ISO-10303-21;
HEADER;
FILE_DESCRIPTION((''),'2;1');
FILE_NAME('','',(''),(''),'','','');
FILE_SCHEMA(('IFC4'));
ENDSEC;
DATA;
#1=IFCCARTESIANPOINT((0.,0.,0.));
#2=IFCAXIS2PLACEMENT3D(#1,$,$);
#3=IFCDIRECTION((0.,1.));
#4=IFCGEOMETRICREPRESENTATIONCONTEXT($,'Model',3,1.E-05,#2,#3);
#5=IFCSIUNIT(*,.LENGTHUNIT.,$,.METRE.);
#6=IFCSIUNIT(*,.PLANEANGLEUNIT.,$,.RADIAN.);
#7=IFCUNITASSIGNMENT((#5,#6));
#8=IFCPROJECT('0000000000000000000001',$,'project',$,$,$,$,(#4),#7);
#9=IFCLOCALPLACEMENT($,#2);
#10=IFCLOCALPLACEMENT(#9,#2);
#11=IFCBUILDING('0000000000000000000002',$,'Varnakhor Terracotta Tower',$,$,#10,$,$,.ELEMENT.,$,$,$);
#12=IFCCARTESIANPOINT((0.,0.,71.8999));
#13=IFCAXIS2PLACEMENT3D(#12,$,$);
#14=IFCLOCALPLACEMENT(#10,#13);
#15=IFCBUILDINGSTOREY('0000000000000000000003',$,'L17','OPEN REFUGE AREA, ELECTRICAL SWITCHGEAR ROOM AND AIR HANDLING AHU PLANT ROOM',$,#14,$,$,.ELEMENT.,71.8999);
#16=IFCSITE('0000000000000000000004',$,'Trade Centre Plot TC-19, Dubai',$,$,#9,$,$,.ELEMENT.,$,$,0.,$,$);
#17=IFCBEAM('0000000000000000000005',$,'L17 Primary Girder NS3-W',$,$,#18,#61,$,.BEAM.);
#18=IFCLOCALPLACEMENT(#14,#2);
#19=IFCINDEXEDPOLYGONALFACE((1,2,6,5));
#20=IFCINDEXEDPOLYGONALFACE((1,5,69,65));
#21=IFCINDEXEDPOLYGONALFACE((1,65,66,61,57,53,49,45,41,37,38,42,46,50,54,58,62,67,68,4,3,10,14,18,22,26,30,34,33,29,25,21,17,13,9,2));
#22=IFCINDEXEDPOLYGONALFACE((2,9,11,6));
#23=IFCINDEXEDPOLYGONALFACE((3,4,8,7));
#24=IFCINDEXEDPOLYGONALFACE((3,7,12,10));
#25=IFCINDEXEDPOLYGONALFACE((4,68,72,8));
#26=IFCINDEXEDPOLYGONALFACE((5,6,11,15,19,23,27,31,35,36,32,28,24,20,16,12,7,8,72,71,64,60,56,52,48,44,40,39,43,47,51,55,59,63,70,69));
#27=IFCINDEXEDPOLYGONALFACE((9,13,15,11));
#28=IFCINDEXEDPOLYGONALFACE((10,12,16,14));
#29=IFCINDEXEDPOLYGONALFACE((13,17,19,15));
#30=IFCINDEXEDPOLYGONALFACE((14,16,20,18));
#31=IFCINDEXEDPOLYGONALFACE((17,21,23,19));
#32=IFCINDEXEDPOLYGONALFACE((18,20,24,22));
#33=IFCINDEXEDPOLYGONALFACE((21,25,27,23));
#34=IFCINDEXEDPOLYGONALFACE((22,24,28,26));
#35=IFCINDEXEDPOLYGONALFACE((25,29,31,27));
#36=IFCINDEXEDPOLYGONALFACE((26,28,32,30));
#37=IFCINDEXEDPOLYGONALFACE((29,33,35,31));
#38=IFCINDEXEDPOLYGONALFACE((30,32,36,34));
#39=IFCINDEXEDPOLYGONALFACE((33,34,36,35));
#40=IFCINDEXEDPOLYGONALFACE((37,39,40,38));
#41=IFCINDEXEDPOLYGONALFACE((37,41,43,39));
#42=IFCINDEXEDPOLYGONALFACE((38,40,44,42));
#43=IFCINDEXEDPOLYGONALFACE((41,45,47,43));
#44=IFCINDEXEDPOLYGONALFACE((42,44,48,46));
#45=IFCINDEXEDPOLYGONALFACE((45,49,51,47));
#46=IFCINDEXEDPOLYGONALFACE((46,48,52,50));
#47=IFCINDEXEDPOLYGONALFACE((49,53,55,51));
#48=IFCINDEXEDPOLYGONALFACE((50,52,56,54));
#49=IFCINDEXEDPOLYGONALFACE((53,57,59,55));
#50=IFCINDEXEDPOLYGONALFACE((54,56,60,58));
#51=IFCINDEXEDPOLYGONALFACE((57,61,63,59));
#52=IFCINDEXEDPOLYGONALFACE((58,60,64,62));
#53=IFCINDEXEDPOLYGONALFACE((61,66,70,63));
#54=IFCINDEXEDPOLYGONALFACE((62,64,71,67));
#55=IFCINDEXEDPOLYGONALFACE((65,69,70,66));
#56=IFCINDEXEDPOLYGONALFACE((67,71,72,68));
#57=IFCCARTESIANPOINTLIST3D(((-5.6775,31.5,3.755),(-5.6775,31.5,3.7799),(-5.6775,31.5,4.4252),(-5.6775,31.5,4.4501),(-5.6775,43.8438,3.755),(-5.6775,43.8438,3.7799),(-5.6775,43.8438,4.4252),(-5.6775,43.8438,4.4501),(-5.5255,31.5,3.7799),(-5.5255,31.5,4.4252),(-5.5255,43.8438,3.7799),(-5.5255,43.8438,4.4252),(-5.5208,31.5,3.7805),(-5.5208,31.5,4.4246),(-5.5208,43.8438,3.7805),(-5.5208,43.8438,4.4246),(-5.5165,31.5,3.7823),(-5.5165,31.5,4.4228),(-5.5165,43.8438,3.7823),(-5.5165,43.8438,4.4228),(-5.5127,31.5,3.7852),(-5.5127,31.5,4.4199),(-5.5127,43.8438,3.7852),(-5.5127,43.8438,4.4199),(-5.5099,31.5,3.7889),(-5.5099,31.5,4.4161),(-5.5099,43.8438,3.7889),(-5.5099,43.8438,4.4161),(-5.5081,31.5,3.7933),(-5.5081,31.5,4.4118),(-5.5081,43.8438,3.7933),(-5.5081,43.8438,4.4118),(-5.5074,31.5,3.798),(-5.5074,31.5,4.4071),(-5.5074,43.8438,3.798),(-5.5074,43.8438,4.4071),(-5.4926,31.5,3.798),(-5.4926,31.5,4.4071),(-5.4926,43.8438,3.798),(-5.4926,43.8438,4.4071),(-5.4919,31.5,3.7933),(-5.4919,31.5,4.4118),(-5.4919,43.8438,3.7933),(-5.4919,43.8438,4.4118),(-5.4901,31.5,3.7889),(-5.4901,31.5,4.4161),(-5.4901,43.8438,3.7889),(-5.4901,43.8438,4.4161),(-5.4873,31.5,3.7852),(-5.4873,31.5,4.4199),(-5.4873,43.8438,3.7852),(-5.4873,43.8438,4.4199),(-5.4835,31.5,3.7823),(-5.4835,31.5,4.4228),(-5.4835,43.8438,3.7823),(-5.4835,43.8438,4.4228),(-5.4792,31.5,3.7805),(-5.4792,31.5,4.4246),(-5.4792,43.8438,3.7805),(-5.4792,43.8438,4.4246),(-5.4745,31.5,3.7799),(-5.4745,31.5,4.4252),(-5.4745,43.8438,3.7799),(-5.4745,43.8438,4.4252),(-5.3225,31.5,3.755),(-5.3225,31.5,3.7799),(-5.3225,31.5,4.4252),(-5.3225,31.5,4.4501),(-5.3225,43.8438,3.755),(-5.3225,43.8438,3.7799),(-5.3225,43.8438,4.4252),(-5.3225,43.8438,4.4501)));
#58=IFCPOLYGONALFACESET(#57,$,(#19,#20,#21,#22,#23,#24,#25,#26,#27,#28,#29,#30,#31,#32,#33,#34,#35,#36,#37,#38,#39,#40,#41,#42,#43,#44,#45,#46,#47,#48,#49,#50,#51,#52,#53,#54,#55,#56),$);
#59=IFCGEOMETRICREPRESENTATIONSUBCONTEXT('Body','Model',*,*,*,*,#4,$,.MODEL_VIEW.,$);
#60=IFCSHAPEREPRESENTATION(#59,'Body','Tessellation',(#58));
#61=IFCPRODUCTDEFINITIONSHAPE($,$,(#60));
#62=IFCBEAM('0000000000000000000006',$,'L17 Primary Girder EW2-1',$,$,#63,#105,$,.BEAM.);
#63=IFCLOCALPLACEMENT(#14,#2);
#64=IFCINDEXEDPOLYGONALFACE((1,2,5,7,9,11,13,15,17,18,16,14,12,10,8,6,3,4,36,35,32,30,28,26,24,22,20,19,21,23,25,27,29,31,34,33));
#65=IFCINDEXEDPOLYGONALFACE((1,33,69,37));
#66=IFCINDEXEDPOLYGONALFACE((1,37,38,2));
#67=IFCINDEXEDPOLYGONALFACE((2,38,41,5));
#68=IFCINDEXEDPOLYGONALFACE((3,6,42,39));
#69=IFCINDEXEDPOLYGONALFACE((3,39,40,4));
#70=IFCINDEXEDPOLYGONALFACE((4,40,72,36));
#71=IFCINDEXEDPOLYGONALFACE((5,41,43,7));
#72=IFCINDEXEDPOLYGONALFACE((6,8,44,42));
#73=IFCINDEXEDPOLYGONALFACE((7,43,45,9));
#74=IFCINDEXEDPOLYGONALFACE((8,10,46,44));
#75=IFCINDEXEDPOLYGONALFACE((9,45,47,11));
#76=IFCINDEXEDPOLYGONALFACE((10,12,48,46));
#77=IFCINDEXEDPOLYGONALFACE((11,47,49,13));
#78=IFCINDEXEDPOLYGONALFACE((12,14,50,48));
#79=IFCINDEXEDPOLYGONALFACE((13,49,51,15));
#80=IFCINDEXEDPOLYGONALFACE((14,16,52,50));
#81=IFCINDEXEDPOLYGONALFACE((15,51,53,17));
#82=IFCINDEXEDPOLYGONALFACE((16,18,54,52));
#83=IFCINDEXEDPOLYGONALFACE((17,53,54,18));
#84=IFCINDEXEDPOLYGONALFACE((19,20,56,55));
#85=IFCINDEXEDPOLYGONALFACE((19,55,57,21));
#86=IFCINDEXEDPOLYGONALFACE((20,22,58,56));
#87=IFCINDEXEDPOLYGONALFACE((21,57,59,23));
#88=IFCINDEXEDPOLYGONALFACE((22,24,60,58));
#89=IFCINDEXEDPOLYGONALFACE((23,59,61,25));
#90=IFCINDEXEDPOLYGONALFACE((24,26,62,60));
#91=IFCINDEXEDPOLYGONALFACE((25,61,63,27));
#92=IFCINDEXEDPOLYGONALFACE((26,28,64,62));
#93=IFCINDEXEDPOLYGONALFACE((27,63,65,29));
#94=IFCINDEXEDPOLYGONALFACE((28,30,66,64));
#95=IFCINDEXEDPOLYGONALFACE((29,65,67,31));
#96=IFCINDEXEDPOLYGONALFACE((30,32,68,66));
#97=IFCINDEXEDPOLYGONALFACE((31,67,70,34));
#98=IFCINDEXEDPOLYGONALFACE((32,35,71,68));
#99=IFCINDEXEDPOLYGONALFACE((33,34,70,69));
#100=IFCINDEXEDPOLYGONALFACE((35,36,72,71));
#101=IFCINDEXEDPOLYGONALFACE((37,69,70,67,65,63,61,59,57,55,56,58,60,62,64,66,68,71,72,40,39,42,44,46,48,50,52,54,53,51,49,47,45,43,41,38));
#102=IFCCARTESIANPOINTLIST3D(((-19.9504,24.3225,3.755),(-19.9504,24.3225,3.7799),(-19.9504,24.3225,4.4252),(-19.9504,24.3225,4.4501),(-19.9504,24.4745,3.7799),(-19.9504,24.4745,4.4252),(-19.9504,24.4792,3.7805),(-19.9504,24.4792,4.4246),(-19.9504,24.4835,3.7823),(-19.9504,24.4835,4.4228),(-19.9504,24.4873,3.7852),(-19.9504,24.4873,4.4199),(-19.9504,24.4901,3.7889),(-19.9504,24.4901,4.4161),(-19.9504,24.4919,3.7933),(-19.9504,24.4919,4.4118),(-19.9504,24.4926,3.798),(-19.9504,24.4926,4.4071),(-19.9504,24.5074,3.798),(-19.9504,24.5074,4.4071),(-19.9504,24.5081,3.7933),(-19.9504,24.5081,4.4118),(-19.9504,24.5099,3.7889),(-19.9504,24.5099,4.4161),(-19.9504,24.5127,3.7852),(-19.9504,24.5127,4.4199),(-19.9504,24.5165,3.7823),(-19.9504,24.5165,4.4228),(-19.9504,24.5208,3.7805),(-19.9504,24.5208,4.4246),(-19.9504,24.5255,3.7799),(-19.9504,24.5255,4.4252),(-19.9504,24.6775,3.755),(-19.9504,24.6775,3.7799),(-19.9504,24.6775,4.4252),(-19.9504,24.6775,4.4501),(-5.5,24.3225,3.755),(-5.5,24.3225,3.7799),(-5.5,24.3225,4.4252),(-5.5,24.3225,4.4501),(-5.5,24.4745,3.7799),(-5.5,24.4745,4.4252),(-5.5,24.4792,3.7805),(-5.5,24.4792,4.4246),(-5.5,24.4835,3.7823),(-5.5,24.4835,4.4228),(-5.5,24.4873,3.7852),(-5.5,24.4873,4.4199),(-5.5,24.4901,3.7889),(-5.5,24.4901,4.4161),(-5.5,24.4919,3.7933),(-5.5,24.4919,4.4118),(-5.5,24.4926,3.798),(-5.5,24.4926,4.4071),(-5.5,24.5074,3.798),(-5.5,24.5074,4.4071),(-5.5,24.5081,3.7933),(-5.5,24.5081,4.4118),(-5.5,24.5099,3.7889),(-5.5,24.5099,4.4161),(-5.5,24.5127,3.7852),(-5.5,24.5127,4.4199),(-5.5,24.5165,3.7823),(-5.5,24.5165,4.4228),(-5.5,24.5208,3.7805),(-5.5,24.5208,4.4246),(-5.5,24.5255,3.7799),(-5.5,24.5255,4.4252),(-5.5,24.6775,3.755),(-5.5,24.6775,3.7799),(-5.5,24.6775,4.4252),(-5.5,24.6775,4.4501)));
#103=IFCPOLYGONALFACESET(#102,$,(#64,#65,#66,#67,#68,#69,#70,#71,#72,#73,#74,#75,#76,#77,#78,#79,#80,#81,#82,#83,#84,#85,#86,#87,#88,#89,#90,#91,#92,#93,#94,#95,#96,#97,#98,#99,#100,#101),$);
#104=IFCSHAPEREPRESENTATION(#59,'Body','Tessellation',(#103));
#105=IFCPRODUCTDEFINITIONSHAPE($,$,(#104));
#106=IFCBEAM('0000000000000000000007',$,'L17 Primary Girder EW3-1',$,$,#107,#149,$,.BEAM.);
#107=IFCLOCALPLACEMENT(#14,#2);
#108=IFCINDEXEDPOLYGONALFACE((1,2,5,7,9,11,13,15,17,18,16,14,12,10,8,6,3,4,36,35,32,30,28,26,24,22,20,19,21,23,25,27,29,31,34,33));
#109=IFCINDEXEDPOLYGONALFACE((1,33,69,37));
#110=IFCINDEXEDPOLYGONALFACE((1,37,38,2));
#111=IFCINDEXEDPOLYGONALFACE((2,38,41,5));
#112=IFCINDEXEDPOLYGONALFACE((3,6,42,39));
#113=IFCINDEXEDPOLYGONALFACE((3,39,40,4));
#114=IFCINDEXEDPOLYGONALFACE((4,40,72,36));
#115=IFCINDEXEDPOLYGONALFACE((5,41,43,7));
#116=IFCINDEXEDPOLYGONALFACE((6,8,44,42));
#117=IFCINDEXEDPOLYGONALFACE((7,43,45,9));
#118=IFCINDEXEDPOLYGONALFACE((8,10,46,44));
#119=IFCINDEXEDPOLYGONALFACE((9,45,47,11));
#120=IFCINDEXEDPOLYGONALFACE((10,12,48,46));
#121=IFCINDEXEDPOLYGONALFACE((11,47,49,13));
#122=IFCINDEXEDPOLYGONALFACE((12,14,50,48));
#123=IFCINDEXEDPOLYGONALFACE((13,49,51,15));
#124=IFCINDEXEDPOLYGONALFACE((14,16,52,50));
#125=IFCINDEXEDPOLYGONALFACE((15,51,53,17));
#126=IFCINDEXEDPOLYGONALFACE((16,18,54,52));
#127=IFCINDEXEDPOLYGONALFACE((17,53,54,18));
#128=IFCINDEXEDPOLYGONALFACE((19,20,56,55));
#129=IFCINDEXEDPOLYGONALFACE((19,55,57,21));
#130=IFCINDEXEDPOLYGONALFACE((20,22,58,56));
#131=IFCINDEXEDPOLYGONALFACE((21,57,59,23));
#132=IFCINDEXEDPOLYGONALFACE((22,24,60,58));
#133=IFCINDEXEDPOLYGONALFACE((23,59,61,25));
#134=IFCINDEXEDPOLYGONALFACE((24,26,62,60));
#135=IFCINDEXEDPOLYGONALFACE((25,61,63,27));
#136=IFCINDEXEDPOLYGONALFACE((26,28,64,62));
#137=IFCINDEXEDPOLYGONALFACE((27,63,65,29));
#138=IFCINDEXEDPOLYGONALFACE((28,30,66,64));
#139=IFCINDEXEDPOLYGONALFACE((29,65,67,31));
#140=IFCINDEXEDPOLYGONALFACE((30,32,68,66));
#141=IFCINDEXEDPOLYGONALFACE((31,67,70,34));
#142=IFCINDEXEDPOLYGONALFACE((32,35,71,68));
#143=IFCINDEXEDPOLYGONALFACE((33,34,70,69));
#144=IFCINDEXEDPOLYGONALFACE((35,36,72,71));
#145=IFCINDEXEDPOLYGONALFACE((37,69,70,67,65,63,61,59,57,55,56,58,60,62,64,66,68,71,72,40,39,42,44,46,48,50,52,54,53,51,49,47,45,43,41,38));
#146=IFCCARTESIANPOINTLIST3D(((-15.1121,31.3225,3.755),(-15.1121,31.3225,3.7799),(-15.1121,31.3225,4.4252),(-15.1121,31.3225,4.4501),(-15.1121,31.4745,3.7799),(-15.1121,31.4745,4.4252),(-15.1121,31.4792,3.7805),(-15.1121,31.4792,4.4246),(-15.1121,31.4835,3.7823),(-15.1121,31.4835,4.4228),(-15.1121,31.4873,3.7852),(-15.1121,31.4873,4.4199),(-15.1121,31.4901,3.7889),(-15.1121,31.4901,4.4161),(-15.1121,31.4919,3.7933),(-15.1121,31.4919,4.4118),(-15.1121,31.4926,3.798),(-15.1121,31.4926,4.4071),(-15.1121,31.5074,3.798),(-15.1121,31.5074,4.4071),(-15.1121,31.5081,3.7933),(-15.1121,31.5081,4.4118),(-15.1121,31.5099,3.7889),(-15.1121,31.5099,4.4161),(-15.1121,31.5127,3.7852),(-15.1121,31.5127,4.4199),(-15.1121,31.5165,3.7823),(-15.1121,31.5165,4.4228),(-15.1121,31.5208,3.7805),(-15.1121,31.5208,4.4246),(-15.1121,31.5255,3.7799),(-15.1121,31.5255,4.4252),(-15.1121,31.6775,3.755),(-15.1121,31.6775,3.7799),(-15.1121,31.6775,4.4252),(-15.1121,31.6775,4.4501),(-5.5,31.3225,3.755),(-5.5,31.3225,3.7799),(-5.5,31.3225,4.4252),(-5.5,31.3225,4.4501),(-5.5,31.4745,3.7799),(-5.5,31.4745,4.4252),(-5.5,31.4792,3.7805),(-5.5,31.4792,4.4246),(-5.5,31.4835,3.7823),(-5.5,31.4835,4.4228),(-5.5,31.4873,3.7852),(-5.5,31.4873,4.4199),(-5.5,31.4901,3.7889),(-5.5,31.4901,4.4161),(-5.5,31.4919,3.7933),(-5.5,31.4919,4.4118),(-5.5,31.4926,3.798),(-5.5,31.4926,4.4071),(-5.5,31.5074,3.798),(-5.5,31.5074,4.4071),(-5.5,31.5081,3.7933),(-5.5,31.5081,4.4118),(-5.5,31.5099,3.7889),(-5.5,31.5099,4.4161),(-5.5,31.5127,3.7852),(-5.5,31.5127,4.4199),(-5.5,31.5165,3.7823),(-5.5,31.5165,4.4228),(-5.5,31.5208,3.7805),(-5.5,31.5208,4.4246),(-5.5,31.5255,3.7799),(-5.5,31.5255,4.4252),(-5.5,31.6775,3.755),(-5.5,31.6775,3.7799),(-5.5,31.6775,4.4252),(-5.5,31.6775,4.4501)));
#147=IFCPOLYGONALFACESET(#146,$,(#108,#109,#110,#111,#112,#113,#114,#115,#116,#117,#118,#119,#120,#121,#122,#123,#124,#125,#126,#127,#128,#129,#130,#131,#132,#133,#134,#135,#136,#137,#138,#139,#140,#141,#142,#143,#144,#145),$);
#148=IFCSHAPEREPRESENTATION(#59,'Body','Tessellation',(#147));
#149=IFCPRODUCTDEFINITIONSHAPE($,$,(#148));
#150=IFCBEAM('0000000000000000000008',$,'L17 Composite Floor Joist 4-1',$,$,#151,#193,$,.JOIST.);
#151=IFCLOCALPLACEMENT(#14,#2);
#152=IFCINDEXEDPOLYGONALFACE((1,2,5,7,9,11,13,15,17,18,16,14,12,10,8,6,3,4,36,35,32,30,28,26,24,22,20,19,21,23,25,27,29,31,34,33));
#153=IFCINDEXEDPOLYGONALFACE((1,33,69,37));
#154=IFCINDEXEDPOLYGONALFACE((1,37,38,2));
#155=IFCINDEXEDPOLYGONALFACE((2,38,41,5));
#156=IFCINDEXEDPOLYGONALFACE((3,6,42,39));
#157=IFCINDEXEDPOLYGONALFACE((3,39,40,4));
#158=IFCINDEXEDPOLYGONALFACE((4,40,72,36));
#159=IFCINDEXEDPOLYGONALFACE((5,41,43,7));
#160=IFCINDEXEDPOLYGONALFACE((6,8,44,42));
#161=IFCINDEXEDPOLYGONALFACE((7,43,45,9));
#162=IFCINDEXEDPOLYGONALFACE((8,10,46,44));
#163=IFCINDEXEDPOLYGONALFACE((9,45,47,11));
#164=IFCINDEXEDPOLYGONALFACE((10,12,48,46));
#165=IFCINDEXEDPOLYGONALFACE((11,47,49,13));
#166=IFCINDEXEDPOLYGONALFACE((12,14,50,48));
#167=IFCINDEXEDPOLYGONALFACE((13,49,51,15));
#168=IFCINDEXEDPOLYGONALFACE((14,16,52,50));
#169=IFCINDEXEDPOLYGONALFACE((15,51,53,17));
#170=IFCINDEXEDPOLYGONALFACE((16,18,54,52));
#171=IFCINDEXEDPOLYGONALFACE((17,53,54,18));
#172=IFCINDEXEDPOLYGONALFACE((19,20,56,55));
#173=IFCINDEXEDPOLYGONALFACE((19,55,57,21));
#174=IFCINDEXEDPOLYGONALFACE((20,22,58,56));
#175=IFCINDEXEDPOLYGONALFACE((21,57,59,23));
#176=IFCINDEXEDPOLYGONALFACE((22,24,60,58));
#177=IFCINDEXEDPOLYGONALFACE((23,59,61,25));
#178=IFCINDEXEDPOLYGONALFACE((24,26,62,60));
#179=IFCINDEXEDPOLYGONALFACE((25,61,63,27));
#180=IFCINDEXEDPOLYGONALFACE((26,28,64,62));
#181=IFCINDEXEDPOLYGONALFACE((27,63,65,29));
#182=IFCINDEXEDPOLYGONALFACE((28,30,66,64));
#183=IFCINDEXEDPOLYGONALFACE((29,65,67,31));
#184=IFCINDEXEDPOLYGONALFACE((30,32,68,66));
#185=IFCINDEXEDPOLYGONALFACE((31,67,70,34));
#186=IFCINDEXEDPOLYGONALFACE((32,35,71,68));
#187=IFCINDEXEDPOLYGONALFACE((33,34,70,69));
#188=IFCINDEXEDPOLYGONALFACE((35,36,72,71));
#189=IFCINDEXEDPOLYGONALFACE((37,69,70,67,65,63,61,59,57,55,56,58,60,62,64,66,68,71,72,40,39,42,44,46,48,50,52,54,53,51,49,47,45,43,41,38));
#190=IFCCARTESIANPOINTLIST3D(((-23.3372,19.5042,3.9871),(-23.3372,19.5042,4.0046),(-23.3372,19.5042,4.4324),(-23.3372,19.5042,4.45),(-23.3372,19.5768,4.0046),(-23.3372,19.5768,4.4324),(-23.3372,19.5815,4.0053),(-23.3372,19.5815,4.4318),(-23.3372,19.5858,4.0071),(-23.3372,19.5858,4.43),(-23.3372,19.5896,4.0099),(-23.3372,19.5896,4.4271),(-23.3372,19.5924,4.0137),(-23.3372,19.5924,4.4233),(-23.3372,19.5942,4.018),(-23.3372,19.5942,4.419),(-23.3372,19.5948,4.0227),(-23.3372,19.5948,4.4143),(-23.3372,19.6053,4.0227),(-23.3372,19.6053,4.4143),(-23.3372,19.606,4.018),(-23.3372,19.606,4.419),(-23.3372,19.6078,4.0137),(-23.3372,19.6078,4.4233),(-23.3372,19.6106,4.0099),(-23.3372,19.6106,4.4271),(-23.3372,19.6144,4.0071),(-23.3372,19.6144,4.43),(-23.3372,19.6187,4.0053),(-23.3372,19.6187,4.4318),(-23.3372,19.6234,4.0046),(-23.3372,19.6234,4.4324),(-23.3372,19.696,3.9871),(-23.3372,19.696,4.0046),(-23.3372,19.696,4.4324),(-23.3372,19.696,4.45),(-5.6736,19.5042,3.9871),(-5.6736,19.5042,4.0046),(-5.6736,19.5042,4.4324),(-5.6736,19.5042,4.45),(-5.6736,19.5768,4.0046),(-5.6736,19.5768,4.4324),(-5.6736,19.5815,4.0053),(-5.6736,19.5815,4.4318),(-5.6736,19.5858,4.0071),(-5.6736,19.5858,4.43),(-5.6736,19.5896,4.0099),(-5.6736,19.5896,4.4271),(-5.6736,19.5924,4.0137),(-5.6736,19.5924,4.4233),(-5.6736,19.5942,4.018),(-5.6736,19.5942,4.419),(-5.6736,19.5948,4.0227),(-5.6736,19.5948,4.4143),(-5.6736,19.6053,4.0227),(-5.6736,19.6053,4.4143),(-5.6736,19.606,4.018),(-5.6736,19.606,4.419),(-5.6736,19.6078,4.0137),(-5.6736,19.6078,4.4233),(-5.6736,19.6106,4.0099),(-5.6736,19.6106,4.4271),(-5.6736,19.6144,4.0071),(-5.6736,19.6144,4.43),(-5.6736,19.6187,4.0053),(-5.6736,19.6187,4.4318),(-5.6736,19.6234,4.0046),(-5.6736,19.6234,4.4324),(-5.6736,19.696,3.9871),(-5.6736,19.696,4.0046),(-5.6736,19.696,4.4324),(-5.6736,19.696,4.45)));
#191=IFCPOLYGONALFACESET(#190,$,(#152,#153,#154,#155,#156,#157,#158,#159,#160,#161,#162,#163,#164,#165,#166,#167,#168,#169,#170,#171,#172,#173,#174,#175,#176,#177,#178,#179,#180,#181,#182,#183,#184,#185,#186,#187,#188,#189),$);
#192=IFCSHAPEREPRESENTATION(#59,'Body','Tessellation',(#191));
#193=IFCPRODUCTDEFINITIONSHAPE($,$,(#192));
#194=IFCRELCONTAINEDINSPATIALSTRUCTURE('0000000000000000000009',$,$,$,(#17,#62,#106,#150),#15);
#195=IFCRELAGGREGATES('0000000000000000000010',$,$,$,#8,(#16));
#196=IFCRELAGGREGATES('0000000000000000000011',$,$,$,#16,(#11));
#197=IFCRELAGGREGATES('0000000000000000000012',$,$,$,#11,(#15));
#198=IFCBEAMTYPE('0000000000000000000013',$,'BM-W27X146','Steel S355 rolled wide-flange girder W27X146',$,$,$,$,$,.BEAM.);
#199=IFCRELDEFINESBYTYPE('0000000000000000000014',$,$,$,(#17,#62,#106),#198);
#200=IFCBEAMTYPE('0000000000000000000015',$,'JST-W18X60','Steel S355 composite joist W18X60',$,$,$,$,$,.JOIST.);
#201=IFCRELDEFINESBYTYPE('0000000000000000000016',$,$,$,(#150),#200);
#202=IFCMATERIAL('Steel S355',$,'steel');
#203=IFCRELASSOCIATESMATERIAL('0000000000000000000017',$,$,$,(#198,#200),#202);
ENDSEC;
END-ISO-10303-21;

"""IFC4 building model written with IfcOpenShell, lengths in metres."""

from ifc_helpers import new_model, si_unit, direction, frame, origin, origin_2d, place, context, subcontext, project, spatial, i_section, extrude, source, transform, mapped, material, material_profile, profile_set, type_object, element, save


model = new_model("IFC4")

# Units and contexts
model_context = context("Model", 3, precision=1e-05, world=origin(), true_north=direction((0.0, 1.0)))
body_context = subcontext(model_context, "Body", "Model", "MODEL_VIEW")
ifc_project = project(units=[si_unit("LENGTHUNIT", "METRE"), si_unit("PLANEANGLEUNIT", "RADIAN")], contexts=[model_context])

# Site, building, storey
site_placement = place(None, origin())
site = spatial("IfcSite", under=ifc_project, at=site_placement, Name="Trade Centre Plot TC-19, Dubai", CompositionType="ELEMENT", RefElevation=0.0)
building_placement = place(site_placement, origin())
building = spatial("IfcBuilding", under=site, at=building_placement, Name="Varnakhor Terracotta Tower", CompositionType="ELEMENT")
storey_placement = place(building_placement, frame((0.0, 0.0, 71.8999)))
storey = spatial("IfcBuildingStorey", under=building, at=storey_placement, Name="L17", Description="OPEN REFUGE AREA, ELECTRICAL SWITCHGEAR ROOM AND AIR HANDLING AHU PLANT ROOM", CompositionType="ELEMENT", Elevation=71.8999)

# Beams
ifc_material_1 = material(Name="Steel S355", Category="steel")
ifc_material_profile_1 = material_profile(ifc_material_1, i_section(OverallWidth=0.355, OverallDepth=0.6951, WebThickness=0.0149, FlangeThickness=0.0249, FilletRadius=0.0181, at=origin_2d()), Name="W27X146")
ifc_profile_set_1 = profile_set([ifc_material_profile_1], Name="Steel S355")
beam_type_1 = type_object("IfcBeamType", Name="BM-W27X146", Description="Steel S355 rolled wide-flange girder W27X146", PredefinedType="BEAM", material=ifc_profile_set_1)
ifc_material_profile_2 = material_profile(ifc_material_1, i_section(OverallWidth=0.1919, OverallDepth=0.4629, WebThickness=0.0105, FlangeThickness=0.0176, FilletRadius=0.0181, at=origin_2d()), Name="W18X60")
ifc_profile_set_2 = profile_set([ifc_material_profile_2], Name="Steel S355")
beam_type_2 = type_object("IfcBeamType", Name="JST-W18X60", Description="Steel S355 composite joist W18X60", PredefinedType="JOIST", material=ifc_profile_set_2)
shared_shape_1 = source(origin(), body_context, "Body", "SweptSolid", [
    extrude(i_section(OverallWidth=0.355, OverallDepth=0.6951, WebThickness=0.0149, FlangeThickness=0.0249, FilletRadius=0.0181, at=origin_2d()), origin(), (0.0, 0.0, 1.0), 12.3438),
])
beam_1_placement = place(storey_placement, frame((-5.5, 31.5, 4.1025), z_axis=(0.0, 1.0, 0.0), x_axis=(-1.0, 0.0, 0.0)))
element("IfcBeam", 1, at=beam_1_placement, inside=storey, type_object=beam_type_1, Name="L17 Primary Girder NS3-W", PredefinedType="BEAM", context=body_context, shape_type="MappedRepresentation", body=[
    mapped(shared_shape_1, transform((0.0, 0.0, 0.0), scale=1.0)),
])
shared_shape_2 = source(origin(), body_context, "Body", "SweptSolid", [
    extrude(i_section(OverallWidth=0.355, OverallDepth=0.6951, WebThickness=0.0149, FlangeThickness=0.0249, FilletRadius=0.0181, at=origin_2d()), origin(), (0.0, 0.0, 1.0), 14.4504),
])
beam_2_placement = place(storey_placement, frame((-19.9504, 24.5, 4.1025), z_axis=(1.0, 0.0, 0.0), x_axis=(0.0, 1.0, 0.0)))
element("IfcBeam", 2, at=beam_2_placement, inside=storey, type_object=beam_type_1, Name="L17 Primary Girder EW2-1", PredefinedType="BEAM", context=body_context, shape_type="MappedRepresentation", body=[
    mapped(shared_shape_2, transform((0.0, 0.0, 0.0), scale=1.0)),
])
shared_shape_3 = source(origin(), body_context, "Body", "SweptSolid", [
    extrude(i_section(OverallWidth=0.355, OverallDepth=0.6951, WebThickness=0.0149, FlangeThickness=0.0249, FilletRadius=0.0181, at=origin_2d()), origin(), (0.0, 0.0, 1.0), 9.6121),
])
beam_3_placement = place(storey_placement, frame((-15.1121, 31.5, 4.1025), z_axis=(1.0, 0.0, 0.0), x_axis=(0.0, 1.0, 0.0)))
element("IfcBeam", 3, at=beam_3_placement, inside=storey, type_object=beam_type_1, Name="L17 Primary Girder EW3-1", PredefinedType="BEAM", context=body_context, shape_type="MappedRepresentation", body=[
    mapped(shared_shape_3, transform((0.0, 0.0, 0.0), scale=1.0)),
])
shared_shape_4 = source(origin(), body_context, "Body", "SweptSolid", [
    extrude(i_section(OverallWidth=0.1919, OverallDepth=0.4629, WebThickness=0.0105, FlangeThickness=0.0176, FilletRadius=0.0181, at=origin_2d()), origin(), (0.0, 0.0, 1.0), 17.6636),
])
beam_4_placement = place(storey_placement, frame((-23.3372, 19.6001, 4.2185), z_axis=(1.0, 0.0, 0.0), x_axis=(0.0, 1.0, 0.0)))
element("IfcBeam", 4, at=beam_4_placement, inside=storey, type_object=beam_type_2, Name="L17 Composite Floor Joist 4-1", PredefinedType="JOIST", context=body_context, shape_type="MappedRepresentation", body=[
    mapped(shared_shape_4, transform((0.0, 0.0, 0.0), scale=1.0)),
])

save(model, "model.ifc")
